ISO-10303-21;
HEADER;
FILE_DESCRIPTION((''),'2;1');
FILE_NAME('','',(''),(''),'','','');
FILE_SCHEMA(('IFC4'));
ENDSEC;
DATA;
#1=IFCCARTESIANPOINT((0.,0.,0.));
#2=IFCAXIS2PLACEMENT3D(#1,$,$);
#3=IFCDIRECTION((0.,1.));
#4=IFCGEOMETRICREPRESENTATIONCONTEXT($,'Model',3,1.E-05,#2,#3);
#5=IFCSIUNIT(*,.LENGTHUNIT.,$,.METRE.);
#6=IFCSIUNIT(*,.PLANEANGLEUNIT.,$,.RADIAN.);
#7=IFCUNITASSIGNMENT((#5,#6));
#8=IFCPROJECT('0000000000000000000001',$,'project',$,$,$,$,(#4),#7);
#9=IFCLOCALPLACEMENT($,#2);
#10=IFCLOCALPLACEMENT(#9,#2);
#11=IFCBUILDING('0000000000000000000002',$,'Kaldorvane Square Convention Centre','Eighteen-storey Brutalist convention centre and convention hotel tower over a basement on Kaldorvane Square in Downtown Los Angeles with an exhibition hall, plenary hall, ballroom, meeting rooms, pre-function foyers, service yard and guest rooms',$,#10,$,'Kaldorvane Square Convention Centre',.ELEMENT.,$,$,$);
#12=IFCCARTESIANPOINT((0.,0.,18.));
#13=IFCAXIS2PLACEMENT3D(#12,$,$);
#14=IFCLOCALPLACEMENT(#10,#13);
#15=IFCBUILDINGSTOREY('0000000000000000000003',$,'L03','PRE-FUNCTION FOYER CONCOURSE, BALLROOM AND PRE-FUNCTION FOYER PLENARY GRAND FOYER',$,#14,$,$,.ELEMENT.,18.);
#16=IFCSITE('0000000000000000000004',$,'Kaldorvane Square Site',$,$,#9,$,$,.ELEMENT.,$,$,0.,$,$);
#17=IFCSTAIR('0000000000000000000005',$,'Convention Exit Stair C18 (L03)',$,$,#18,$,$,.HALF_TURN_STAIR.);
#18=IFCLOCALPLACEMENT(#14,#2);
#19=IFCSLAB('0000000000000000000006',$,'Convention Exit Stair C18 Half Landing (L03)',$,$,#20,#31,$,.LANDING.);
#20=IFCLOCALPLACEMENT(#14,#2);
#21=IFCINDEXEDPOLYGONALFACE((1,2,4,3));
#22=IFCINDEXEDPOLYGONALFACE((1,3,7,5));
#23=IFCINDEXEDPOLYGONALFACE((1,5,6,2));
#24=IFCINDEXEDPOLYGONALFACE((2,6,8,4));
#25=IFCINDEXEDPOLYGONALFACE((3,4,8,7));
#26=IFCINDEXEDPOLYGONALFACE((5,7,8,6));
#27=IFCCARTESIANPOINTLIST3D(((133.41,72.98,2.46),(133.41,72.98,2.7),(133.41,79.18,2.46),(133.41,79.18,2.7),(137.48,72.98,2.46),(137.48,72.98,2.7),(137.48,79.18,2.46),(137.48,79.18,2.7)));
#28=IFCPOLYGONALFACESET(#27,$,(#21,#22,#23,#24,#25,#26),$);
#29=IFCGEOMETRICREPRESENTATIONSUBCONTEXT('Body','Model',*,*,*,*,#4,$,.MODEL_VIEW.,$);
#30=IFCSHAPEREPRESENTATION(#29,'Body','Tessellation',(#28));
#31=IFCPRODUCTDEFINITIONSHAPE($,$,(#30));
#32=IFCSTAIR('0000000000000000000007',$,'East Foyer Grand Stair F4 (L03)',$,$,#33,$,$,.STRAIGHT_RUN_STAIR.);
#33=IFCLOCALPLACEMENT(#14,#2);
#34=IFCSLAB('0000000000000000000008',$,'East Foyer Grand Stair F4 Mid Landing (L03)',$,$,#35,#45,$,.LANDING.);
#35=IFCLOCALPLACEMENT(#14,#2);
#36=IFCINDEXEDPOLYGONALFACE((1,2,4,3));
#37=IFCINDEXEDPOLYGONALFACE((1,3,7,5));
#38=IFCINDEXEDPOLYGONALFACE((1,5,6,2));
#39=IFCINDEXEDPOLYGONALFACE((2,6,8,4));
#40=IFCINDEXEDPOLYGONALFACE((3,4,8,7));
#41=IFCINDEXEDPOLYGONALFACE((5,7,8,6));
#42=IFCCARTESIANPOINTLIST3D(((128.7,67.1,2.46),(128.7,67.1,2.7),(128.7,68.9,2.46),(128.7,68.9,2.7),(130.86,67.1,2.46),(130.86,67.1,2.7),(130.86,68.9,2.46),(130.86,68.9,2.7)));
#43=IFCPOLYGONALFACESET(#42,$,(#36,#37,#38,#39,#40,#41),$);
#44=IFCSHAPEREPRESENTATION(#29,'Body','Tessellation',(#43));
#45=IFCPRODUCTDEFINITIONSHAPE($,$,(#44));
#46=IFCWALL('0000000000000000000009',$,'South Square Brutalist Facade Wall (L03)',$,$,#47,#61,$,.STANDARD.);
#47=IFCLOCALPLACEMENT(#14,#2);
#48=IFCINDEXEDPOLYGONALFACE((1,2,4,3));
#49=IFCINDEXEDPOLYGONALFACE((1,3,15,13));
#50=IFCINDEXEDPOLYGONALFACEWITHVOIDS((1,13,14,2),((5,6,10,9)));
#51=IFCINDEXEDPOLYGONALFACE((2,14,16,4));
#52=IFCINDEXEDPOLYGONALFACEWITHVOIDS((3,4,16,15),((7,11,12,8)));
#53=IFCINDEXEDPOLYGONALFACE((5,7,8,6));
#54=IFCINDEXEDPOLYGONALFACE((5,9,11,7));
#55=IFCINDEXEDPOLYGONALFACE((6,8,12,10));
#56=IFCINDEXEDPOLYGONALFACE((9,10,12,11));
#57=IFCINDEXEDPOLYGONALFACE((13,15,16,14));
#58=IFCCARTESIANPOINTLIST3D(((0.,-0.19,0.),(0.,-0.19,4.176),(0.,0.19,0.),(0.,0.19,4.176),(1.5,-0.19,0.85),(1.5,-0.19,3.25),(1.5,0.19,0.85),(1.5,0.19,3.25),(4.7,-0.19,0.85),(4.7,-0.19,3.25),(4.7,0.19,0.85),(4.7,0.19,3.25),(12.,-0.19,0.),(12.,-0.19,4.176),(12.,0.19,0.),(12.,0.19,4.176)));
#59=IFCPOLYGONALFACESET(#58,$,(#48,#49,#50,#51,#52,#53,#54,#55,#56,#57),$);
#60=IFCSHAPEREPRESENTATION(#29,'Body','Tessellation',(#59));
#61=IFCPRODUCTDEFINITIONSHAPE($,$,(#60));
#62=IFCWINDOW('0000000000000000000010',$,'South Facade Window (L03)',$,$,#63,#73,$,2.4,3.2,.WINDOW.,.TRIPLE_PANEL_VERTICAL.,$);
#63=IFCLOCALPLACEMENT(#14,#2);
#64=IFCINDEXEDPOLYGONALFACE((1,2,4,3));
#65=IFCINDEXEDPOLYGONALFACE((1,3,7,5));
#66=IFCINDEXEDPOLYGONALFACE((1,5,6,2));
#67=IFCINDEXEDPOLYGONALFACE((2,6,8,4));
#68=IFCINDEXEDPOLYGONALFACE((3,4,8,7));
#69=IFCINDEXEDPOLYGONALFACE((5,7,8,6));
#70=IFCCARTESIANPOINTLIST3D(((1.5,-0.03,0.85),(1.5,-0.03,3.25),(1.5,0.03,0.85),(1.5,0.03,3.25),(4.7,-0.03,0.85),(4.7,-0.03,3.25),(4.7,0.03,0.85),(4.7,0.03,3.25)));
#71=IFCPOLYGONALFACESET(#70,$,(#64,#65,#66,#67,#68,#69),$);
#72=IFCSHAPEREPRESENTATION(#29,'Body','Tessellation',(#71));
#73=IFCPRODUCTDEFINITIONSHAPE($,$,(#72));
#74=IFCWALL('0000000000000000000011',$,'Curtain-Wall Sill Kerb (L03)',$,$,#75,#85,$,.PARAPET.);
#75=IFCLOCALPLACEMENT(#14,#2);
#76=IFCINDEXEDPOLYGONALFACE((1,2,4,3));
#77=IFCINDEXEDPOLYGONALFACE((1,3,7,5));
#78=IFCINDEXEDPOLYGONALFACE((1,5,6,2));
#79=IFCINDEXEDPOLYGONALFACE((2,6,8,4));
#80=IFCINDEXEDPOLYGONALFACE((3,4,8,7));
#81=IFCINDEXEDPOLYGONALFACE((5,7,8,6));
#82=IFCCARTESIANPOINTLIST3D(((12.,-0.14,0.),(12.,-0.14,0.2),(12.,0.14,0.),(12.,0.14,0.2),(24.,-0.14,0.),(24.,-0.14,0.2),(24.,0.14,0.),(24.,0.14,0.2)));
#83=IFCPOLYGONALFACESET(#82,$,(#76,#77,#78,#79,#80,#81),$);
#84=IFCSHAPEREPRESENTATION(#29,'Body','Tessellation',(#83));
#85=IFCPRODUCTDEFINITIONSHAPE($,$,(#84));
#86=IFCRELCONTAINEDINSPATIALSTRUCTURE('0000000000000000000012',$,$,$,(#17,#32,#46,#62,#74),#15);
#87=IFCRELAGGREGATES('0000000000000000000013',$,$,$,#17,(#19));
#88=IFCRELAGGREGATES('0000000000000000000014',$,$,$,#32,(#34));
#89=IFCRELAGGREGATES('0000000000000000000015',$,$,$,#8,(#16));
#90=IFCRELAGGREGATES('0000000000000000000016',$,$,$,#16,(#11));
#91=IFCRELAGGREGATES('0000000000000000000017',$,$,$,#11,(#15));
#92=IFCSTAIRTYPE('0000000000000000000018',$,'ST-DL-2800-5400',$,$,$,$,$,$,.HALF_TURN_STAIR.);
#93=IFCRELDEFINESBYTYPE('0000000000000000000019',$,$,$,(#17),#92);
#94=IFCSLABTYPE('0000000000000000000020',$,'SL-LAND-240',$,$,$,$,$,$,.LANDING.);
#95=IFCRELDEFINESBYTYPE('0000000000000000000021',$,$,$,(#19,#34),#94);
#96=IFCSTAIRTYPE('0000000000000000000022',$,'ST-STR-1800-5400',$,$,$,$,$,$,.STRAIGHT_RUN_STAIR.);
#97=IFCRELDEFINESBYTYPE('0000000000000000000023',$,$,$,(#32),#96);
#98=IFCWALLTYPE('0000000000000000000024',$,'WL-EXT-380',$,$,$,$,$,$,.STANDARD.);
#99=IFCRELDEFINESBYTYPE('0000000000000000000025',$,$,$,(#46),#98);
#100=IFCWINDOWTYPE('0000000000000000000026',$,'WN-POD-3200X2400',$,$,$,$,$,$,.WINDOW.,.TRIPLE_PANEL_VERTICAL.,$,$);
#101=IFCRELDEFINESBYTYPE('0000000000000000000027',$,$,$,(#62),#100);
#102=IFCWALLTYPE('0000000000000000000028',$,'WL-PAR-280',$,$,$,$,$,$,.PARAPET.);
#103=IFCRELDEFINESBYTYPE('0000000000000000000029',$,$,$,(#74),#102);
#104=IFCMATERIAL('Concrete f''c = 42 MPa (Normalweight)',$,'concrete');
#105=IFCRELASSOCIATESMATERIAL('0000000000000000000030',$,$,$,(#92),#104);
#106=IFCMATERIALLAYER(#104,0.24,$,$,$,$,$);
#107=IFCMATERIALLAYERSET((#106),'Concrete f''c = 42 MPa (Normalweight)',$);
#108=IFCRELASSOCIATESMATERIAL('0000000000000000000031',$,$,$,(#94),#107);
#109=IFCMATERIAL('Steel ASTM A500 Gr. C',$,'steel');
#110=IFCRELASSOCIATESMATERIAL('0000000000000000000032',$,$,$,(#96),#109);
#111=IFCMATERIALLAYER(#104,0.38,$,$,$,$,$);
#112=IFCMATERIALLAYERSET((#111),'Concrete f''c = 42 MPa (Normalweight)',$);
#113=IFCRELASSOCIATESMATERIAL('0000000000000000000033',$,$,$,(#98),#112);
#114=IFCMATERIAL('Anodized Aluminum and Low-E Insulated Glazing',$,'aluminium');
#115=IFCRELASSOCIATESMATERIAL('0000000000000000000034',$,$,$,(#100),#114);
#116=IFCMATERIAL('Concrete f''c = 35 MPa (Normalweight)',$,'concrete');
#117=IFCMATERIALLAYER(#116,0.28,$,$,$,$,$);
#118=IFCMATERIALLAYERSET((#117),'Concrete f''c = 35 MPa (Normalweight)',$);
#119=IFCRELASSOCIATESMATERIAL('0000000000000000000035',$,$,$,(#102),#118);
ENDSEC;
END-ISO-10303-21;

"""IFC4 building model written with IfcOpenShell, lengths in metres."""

from ifc_helpers import new_model, si_unit, direction, frame, frame_2d, origin, origin_with_axes, place, context, subcontext, project, spatial, polyline, rectangle, outline, extrude, material, layer, layer_set, type_object, element, fill, aggregate, save


model = new_model("IFC4")

# Units and contexts
model_context = context("Model", 3, precision=1e-05, world=origin(), true_north=direction((0.0, 1.0)))
body_context = subcontext(model_context, "Body", "Model", "MODEL_VIEW")
ifc_project = project(units=[si_unit("LENGTHUNIT", "METRE"), si_unit("PLANEANGLEUNIT", "RADIAN")], contexts=[model_context])

# Site, building, storey
site_placement = place(None, origin())
site = spatial("IfcSite", under=ifc_project, at=site_placement, Name="Kaldorvane Square Site", CompositionType="ELEMENT", RefElevation=0.0)
building_placement = place(site_placement, origin())
building = spatial("IfcBuilding", under=site, at=building_placement, Name="Kaldorvane Square Convention Centre", Description="Eighteen-storey Brutalist convention centre and convention hotel tower over a basement on Kaldorvane Square in Downtown Los Angeles with an exhibition hall, plenary hall, ballroom, meeting rooms, pre-function foyers, service yard and guest rooms", LongName="Kaldorvane Square Convention Centre", CompositionType="ELEMENT")
storey_placement = place(building_placement, frame((0.0, 0.0, 18.0)))
storey = spatial("IfcBuildingStorey", under=building, at=storey_placement, Name="L03", Description="PRE-FUNCTION FOYER CONCOURSE, BALLROOM AND PRE-FUNCTION FOYER PLENARY GRAND FOYER", CompositionType="ELEMENT", Elevation=18.0)

# Shared definitions
ifc_material_1 = material(Name="Concrete f'c = 42 MPa (Normalweight)", Category="concrete")

# Shared definitions
ifc_material_2 = material(Name="Anodized Aluminum and Low-E Insulated Glazing", Category="aluminium")

# Stairs, slabs
stair_type_1 = type_object("IfcStairType", Name="ST-DL-2800-5400", PredefinedType="HALF_TURN_STAIR", material=ifc_material_1)
ifc_layer_1 = layer(ifc_material_1, 0.24)
ifc_layer_set_1 = layer_set([ifc_layer_1], Name="Concrete f'c = 42 MPa (Normalweight)")
slab_type_1 = type_object("IfcSlabType", Name="SL-LAND-240", PredefinedType="LANDING", material=ifc_layer_set_1)
stair_1_placement = place(storey_placement, origin())
stair_1 = element("IfcStair", 1, at=stair_1_placement, inside=storey, type_object=stair_type_1, Name="Convention Exit Stair C18 (L03)", PredefinedType="HALF_TURN_STAIR")
slab_1_placement = place(storey_placement, frame((0.0, 0.0, 2.46)))
slab_1 = element("IfcSlab", 2, at=slab_1_placement, type_object=slab_type_1, Name="Convention Exit Stair C18 Half Landing (L03)", PredefinedType="LANDING", context=body_context, shape_type="SweptSolid", body=[
    extrude(outline(polyline([(133.41, 72.98), (137.48, 72.98), (137.48, 79.18), (133.41, 79.18), (133.41, 72.98)])), origin(), (0.0, 0.0, 1.0), 0.24),
])
aggregate(stair_1, [slab_1])
ifc_material_3 = material(Name="Steel ASTM A500 Gr. C", Category="steel")
stair_type_2 = type_object("IfcStairType", Name="ST-STR-1800-5400", PredefinedType="STRAIGHT_RUN_STAIR", material=ifc_material_3)
stair_2_placement = place(storey_placement, origin())
stair_2 = element("IfcStair", 3, at=stair_2_placement, inside=storey, type_object=stair_type_2, Name="East Foyer Grand Stair F4 (L03)", PredefinedType="STRAIGHT_RUN_STAIR")
slab_2_placement = place(storey_placement, frame((0.0, 0.0, 2.46)))
slab_2 = element("IfcSlab", 4, at=slab_2_placement, type_object=slab_type_1, Name="East Foyer Grand Stair F4 Mid Landing (L03)", PredefinedType="LANDING", context=body_context, shape_type="SweptSolid", body=[
    extrude(outline(polyline([(128.7, 67.1), (130.86, 67.1), (130.86, 68.9), (128.7, 68.9), (128.7, 67.1)])), origin(), (0.0, 0.0, 1.0), 0.24),
])
aggregate(stair_2, [slab_2])

# Wall, opening, window
ifc_layer_2 = layer(ifc_material_1, 0.38)
ifc_layer_set_2 = layer_set([ifc_layer_2], Name="Concrete f'c = 42 MPa (Normalweight)")
wall_type_1 = type_object("IfcWallType", Name="WL-EXT-380", PredefinedType="STANDARD", material=ifc_layer_set_2)
wall_1_placement = place(storey_placement, origin_with_axes())
wall_1 = element("IfcWall", 5, at=wall_1_placement, inside=storey, type_object=wall_type_1, Name="South Square Brutalist Facade Wall (L03)", PredefinedType="STANDARD", context=body_context, shape_type="SweptSolid", body=[
    extrude(rectangle(XDim=12.0, YDim=0.38, at=frame_2d((6.0, 0.0))), origin(), (0.0, 0.0, 1.0), 4.176),
])
opening_placement = place(wall_1_placement, frame((1.5, 0.0, 0.85)))
opening = element("IfcOpeningElement", 6, at=opening_placement, cuts=wall_1, PredefinedType="OPENING", context=body_context, shape_type="SweptSolid", body=[
    extrude(rectangle(XDim=3.2, YDim=2.4, at=frame_2d((1.6, 1.2))), frame((0.0, 0.205, 0.0), z_axis=(0.0, -1.0, 0.0), x_axis=(1.0, 0.0, 0.0)), (0.0, 0.0, 1.0), 0.41),
])
window_type = type_object("IfcWindowType", Name="WN-POD-3200X2400", PartitioningType="TRIPLE_PANEL_VERTICAL", PredefinedType="WINDOW", material=ifc_material_2)
window_placement = place(opening_placement, origin())
window = element("IfcWindow", 7, at=window_placement, inside=storey, type_object=window_type, Name="South Facade Window (L03)", OverallHeight=2.4, OverallWidth=3.2, PartitioningType="TRIPLE_PANEL_VERTICAL", PredefinedType="WINDOW", context=body_context, shape_type="SweptSolid", body=[
    extrude(rectangle(XDim=3.2, YDim=2.4, at=frame_2d((1.6, 1.2))), frame((0.0, 0.03, 0.0), z_axis=(0.0, -1.0, 0.0), x_axis=(1.0, 0.0, 0.0)), (0.0, 0.0, 1.0), 0.06),
])
fill(opening, window)

# Wall
ifc_material_4 = material(Name="Concrete f'c = 35 MPa (Normalweight)", Category="concrete")
ifc_layer_3 = layer(ifc_material_4, 0.28)
ifc_layer_set_3 = layer_set([ifc_layer_3], Name="Concrete f'c = 35 MPa (Normalweight)")
wall_type_2 = type_object("IfcWallType", Name="WL-PAR-280", PredefinedType="PARAPET", material=ifc_layer_set_3)
wall_2_placement = place(storey_placement, frame((12.0, 0.0, 0.0), z_axis=(0.0, 0.0, 1.0), x_axis=(1.0, 0.0, 0.0)))
element("IfcWall", 8, at=wall_2_placement, inside=storey, type_object=wall_type_2, Name="Curtain-Wall Sill Kerb (L03)", PredefinedType="PARAPET", context=body_context, shape_type="SweptSolid", body=[
    extrude(rectangle(XDim=12.0, YDim=0.28, at=frame_2d((6.0, 0.0))), origin(), (0.0, 0.0, 1.0), 0.2),
])

save(model, "model.ifc")
